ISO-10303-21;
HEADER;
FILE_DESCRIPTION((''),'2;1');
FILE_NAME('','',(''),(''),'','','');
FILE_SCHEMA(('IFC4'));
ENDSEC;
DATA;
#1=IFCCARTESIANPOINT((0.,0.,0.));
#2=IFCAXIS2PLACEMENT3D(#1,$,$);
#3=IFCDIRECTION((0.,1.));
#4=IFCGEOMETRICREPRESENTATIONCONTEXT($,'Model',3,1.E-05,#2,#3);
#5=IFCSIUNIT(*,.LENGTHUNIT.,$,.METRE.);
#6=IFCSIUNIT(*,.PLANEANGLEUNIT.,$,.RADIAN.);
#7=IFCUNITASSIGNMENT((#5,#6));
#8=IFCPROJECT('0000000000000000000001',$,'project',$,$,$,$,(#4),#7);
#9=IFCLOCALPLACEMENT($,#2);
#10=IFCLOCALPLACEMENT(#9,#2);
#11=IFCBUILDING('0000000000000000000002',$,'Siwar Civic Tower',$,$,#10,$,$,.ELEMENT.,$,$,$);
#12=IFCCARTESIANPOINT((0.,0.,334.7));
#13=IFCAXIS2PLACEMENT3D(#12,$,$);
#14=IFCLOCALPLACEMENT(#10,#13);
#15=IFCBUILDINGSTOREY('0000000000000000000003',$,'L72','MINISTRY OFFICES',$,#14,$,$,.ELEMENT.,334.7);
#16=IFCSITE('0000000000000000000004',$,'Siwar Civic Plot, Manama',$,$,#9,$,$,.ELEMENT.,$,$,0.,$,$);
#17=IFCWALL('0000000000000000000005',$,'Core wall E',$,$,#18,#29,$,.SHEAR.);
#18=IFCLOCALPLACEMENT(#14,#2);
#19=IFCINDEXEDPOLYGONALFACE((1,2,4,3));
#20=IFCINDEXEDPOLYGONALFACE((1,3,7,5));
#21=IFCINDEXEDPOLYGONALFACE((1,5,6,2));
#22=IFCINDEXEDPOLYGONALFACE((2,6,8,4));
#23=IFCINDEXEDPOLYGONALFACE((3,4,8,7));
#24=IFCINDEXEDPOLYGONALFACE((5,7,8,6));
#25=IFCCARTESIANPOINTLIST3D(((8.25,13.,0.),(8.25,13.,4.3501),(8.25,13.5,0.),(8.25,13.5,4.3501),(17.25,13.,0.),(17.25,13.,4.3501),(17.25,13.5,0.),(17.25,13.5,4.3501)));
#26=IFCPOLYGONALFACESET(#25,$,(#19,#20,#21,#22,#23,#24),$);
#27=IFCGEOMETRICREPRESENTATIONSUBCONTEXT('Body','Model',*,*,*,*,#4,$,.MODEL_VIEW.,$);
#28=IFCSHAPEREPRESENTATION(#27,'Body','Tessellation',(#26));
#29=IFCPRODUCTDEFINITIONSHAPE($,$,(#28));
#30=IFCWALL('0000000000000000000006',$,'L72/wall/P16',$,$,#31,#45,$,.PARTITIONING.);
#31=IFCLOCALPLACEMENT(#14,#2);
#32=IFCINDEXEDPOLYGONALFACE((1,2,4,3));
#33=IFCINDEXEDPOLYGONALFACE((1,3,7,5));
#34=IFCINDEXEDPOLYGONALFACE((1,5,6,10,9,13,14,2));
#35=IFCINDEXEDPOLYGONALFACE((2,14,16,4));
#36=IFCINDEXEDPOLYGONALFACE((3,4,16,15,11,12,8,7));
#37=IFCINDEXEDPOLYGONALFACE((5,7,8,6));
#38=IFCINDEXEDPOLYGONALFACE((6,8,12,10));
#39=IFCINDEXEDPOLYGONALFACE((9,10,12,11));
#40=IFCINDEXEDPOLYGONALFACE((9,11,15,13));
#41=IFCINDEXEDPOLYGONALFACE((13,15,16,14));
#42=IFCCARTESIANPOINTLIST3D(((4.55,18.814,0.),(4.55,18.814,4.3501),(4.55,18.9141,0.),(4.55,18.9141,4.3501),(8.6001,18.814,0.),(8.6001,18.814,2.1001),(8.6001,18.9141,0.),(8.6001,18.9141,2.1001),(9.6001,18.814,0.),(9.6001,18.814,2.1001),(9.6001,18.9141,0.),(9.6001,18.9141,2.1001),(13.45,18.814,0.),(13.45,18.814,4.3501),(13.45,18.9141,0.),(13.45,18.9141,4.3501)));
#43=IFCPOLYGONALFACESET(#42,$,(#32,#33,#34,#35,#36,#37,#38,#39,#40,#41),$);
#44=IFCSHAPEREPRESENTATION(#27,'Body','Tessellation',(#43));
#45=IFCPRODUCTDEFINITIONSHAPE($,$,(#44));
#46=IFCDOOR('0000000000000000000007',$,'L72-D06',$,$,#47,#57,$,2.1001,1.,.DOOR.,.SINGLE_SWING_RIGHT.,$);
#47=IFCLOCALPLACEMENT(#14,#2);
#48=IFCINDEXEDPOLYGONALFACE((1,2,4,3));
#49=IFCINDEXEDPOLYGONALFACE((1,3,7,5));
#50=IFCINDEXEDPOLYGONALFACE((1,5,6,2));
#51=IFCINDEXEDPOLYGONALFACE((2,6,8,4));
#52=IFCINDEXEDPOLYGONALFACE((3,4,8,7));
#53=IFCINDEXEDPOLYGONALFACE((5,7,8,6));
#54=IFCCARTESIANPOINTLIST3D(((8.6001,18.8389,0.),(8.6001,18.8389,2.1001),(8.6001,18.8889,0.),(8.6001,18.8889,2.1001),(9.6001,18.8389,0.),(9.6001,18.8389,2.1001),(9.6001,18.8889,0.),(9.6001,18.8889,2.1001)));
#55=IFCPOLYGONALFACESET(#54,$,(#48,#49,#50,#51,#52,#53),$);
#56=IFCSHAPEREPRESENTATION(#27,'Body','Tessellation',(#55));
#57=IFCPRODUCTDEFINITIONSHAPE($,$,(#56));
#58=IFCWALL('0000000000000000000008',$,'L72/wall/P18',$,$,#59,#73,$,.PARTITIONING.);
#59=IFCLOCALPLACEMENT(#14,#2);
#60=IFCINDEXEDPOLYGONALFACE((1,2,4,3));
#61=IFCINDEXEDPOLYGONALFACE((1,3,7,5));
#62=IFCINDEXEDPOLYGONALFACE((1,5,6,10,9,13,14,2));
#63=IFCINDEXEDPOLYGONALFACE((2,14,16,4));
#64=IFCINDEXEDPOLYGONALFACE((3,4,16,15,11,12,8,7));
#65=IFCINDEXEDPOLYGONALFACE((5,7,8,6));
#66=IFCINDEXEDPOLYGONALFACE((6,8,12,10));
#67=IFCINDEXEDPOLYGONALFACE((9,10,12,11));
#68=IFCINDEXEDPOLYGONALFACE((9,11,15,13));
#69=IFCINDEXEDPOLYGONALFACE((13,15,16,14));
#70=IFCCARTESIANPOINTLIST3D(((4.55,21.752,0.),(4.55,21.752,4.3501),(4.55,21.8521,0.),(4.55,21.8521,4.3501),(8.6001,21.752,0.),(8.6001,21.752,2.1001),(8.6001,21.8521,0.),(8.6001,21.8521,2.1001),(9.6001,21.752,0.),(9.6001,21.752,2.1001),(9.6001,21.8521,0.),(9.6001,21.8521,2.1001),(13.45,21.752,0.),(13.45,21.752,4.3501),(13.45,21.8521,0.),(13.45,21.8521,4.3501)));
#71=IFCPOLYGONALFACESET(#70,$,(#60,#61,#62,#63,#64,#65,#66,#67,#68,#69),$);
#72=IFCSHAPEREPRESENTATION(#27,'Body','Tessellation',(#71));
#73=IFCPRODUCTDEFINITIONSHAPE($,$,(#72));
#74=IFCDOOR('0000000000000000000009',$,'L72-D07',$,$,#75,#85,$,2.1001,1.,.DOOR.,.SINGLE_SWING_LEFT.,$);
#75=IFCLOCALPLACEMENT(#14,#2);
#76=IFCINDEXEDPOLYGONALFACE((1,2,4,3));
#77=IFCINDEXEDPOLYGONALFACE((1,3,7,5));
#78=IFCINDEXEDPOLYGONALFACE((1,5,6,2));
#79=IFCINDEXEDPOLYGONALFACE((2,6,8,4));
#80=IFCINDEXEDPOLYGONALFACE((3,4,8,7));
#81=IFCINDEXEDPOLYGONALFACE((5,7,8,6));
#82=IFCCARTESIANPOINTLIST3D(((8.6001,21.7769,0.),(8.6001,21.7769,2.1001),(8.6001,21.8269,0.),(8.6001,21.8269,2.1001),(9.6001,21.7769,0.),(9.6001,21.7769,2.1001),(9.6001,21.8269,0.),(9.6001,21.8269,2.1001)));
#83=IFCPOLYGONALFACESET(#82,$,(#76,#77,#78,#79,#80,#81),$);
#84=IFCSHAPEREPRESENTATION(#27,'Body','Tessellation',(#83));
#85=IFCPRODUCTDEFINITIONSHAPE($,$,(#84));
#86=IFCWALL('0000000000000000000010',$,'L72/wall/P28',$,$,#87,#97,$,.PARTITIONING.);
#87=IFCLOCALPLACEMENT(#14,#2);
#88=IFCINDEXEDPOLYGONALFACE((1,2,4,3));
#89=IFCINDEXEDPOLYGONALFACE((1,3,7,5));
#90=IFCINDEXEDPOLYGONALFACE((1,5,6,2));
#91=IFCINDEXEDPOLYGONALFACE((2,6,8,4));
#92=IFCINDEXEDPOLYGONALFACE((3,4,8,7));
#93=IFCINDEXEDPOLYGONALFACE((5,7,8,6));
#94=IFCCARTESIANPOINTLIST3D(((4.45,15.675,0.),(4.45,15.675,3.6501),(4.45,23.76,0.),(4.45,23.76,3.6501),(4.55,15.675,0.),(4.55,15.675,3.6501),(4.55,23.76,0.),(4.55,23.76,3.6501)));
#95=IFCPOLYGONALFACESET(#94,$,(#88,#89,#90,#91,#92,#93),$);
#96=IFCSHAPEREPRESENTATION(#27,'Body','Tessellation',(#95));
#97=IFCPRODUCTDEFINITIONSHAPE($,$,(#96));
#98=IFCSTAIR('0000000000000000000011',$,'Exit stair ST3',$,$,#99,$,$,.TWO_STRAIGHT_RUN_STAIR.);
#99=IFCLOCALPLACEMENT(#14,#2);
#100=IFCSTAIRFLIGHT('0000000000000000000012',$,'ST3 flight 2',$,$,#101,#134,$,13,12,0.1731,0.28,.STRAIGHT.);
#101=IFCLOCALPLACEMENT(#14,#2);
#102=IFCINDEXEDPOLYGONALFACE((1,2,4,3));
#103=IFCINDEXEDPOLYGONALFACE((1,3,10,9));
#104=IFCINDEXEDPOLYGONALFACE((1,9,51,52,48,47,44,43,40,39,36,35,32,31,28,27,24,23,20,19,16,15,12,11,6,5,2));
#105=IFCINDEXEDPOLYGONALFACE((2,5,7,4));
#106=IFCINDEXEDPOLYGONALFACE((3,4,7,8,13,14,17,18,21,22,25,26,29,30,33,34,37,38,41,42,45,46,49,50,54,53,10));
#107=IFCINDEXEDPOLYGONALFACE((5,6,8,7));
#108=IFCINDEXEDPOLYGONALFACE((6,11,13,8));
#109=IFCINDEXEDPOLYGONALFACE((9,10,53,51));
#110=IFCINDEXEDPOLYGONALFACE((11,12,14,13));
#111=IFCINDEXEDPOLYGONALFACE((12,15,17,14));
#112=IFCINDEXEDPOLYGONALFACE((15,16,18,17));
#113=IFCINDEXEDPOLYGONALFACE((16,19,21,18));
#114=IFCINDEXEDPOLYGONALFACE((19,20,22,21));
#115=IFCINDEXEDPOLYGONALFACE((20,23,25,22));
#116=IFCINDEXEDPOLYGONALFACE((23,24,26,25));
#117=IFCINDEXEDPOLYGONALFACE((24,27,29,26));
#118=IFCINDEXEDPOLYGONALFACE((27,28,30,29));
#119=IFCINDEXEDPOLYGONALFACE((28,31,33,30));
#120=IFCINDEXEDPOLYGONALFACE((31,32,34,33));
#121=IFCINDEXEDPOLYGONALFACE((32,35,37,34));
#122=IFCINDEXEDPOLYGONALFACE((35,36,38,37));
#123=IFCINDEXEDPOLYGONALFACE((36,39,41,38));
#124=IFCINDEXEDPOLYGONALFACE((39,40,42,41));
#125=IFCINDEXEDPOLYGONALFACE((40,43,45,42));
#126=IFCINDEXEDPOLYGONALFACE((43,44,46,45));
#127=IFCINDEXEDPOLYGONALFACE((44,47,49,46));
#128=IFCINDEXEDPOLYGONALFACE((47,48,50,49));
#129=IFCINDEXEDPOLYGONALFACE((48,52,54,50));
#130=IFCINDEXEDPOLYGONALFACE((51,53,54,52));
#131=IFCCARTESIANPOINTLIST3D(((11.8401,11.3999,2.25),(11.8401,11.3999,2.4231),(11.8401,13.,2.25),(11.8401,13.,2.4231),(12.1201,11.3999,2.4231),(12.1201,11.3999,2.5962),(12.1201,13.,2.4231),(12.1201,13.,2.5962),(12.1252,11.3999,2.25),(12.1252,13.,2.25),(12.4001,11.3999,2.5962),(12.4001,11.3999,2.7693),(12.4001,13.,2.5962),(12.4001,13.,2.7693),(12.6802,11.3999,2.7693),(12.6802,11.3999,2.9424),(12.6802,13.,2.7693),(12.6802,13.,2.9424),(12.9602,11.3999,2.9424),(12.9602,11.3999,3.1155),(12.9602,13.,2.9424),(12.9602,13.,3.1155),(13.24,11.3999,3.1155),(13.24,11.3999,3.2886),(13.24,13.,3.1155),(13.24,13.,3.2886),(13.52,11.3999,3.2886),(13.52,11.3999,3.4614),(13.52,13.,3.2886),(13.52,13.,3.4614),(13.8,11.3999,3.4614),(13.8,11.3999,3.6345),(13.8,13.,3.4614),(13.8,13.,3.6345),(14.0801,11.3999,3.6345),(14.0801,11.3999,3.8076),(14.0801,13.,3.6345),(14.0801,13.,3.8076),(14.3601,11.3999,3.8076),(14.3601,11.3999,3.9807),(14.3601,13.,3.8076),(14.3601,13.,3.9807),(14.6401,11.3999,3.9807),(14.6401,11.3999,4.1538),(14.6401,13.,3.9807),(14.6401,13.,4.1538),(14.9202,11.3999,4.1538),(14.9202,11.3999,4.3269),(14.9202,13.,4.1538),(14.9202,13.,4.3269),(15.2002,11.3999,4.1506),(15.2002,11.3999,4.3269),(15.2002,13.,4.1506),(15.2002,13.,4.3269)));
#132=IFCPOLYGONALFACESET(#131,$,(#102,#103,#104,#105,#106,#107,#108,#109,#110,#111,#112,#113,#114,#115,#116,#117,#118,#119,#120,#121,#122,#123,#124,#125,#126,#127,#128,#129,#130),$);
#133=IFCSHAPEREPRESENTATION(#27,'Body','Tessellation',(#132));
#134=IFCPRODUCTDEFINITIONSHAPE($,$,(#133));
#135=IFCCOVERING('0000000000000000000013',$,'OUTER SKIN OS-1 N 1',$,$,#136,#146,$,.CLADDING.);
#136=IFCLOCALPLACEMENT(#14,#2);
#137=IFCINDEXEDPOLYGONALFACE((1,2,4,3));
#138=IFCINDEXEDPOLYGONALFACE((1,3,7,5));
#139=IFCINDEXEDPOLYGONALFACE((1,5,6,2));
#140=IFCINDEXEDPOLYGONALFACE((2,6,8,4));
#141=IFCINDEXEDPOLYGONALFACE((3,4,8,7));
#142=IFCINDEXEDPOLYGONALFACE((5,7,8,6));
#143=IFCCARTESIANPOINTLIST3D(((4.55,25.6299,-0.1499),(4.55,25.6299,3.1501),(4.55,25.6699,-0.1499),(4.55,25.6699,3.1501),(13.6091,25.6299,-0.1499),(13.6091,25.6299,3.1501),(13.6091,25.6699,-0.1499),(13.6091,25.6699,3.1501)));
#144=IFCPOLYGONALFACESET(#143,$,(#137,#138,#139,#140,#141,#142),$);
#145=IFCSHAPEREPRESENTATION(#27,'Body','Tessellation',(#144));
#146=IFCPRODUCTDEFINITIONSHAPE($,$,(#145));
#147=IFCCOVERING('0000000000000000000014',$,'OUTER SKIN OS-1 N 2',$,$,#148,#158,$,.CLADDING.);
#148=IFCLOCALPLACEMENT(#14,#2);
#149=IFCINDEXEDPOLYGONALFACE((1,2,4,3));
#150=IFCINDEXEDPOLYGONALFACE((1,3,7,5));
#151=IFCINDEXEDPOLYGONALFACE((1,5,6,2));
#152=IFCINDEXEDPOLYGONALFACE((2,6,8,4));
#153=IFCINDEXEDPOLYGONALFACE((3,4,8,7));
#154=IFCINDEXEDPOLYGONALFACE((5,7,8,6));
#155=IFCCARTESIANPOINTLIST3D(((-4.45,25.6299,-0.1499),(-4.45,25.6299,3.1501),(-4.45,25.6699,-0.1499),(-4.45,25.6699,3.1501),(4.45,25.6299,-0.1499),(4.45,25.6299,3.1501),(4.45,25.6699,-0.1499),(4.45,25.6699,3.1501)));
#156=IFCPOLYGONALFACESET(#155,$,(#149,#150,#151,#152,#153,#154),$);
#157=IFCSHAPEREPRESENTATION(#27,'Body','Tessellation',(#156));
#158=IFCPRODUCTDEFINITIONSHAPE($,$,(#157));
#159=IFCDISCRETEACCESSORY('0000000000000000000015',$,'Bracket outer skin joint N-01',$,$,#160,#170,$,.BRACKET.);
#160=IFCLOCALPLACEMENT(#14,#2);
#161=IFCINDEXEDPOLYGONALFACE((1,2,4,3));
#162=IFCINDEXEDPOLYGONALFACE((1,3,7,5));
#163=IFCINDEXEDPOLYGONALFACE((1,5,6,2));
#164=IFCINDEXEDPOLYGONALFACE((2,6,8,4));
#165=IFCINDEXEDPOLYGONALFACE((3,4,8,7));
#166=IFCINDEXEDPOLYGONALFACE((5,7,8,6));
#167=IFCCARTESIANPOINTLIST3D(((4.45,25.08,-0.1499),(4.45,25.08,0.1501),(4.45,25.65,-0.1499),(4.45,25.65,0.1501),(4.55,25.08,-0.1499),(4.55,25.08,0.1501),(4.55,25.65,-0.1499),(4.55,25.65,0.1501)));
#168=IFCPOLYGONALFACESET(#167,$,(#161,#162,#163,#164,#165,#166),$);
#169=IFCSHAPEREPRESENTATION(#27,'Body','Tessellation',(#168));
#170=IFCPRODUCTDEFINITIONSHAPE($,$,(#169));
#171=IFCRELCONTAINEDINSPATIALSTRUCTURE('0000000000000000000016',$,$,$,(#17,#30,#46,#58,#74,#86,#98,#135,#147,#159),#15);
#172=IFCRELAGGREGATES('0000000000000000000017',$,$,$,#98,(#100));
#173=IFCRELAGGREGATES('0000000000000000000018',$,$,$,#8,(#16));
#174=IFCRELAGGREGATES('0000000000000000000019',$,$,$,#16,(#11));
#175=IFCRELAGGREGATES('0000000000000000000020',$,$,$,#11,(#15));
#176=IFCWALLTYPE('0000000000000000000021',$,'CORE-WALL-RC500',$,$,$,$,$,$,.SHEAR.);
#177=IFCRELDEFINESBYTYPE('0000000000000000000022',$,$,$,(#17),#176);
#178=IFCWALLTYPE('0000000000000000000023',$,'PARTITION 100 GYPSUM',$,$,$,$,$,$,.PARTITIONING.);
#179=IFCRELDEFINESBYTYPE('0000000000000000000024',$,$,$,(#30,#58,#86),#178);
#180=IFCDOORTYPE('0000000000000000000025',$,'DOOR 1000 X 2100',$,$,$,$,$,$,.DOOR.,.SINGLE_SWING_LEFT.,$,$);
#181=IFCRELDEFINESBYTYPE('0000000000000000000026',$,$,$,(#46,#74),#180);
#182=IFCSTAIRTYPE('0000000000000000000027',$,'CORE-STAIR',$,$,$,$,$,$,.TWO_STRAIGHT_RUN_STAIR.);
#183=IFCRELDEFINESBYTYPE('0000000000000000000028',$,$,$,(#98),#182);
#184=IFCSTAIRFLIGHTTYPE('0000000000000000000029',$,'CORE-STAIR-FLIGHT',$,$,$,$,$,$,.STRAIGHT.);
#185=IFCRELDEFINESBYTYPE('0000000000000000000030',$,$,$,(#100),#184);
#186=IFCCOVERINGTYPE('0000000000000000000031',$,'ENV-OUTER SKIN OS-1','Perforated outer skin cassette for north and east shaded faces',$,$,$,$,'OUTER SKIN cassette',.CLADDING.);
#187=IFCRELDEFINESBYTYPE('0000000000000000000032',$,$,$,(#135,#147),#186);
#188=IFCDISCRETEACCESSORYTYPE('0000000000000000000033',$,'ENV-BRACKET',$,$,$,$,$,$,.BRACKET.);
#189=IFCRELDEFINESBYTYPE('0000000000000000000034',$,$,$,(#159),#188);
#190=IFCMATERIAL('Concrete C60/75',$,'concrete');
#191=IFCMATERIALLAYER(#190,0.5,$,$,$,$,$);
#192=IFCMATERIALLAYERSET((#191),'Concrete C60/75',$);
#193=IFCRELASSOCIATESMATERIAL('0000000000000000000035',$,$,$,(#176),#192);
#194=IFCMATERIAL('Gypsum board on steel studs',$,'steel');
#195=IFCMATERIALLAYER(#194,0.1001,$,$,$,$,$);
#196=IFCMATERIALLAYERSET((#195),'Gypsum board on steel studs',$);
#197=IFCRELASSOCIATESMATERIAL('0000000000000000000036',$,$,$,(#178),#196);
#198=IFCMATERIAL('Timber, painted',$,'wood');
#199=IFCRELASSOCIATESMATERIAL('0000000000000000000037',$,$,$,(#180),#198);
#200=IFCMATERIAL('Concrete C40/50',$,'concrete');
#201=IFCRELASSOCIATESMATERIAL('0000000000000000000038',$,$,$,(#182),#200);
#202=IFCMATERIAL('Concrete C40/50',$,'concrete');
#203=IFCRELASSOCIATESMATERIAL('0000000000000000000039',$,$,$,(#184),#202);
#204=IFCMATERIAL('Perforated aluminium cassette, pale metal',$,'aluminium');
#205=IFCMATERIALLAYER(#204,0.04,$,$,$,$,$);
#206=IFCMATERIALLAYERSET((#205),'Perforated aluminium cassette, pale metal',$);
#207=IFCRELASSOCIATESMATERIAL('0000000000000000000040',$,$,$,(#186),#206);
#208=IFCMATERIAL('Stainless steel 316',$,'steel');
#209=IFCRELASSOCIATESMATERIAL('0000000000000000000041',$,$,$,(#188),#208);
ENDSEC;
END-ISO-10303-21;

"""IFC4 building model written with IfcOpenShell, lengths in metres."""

from ifc_helpers import new_model, si_unit, direction, frame, frame_2d, origin, origin_2d, place, context, subcontext, project, spatial, polyline, rectangle, outline, extrude, material, layer, layer_set, type_object, element, fill, aggregate, save


model = new_model("IFC4")

# Units and contexts
model_context = context("Model", 3, precision=1e-05, world=origin(), true_north=direction((0.0, 1.0)))
body_context = subcontext(model_context, "Body", "Model", "MODEL_VIEW")
ifc_project = project(units=[si_unit("LENGTHUNIT", "METRE"), si_unit("PLANEANGLEUNIT", "RADIAN")], contexts=[model_context])

# Site, building, storey
site_placement = place(None, origin())
site = spatial("IfcSite", under=ifc_project, at=site_placement, Name="Siwar Civic Plot, Manama", CompositionType="ELEMENT", RefElevation=0.0)
building_placement = place(site_placement, origin())
building = spatial("IfcBuilding", under=site, at=building_placement, Name="Siwar Civic Tower", CompositionType="ELEMENT")
storey_placement = place(building_placement, frame((0.0, 0.0, 334.7)))
storey = spatial("IfcBuildingStorey", under=building, at=storey_placement, Name="L72", Description="MINISTRY OFFICES", CompositionType="ELEMENT", Elevation=334.7)

# Wall
ifc_material_1 = material(Name="Concrete C60/75", Category="concrete")
ifc_layer_1 = layer(ifc_material_1, 0.5)
ifc_layer_set_1 = layer_set([ifc_layer_1], Name="Concrete C60/75")
wall_type_1 = type_object("IfcWallType", Name="CORE-WALL-RC500", PredefinedType="SHEAR", material=ifc_layer_set_1)
wall_1_placement = place(storey_placement, frame((8.25, 13.25, 0.0), z_axis=(0.0, 0.0, 1.0), x_axis=(1.0, 0.0, 0.0)))
element("IfcWall", 1, at=wall_1_placement, inside=storey, type_object=wall_type_1, Name="Core wall E", PredefinedType="SHEAR", context=body_context, shape_type="SweptSolid", body=[
    extrude(rectangle(XDim=9.0, YDim=0.5, at=frame_2d((4.5, 0.0))), origin(), (0.0, 0.0, 1.0), 4.3501),
])

# Walls, openings, doors
ifc_material_2 = material(Name="Gypsum board on steel studs", Category="steel")
ifc_layer_2 = layer(ifc_material_2, 0.1001)
ifc_layer_set_2 = layer_set([ifc_layer_2], Name="Gypsum board on steel studs")
wall_type_2 = type_object("IfcWallType", Name="PARTITION 100 GYPSUM", PredefinedType="PARTITIONING", material=ifc_layer_set_2)
wall_2_placement = place(storey_placement, frame((4.55, 18.864, 0.0), z_axis=(0.0, 0.0, 1.0), x_axis=(1.0, 0.0, 0.0)))
wall_2 = element("IfcWall", 2, at=wall_2_placement, inside=storey, type_object=wall_type_2, Name="L72/wall/P16", PredefinedType="PARTITIONING", context=body_context, shape_type="SweptSolid", body=[
    extrude(rectangle(XDim=8.8999, YDim=0.1001, at=frame_2d((4.45, 0.0))), origin(), (0.0, 0.0, 1.0), 4.3501),
])
opening_1_placement = place(wall_2_placement, frame((4.05, 0.0, 0.0)))
opening_1 = element("IfcOpeningElement", 3, at=opening_1_placement, cuts=wall_2, PredefinedType="OPENING", context=body_context, shape_type="SweptSolid", body=[
    extrude(rectangle(XDim=1.0, YDim=2.1001, at=frame_2d((0.5, 1.05))), frame((0.0, 0.0601, 0.0), z_axis=(0.0, -1.0, 0.0), x_axis=(1.0, 0.0, 0.0)), (0.0, 0.0, 1.0), 0.1201),
])
ifc_material_3 = material(Name="Timber, painted", Category="wood")
door_type_1 = type_object("IfcDoorType", Name="DOOR 1000 X 2100", OperationType="SINGLE_SWING_LEFT", PredefinedType="DOOR", material=ifc_material_3)
door_1_placement = place(opening_1_placement, origin())
door_1 = element("IfcDoor", 4, at=door_1_placement, inside=storey, type_object=door_type_1, Name="L72-D06", OperationType="SINGLE_SWING_RIGHT", OverallHeight=2.1001, OverallWidth=1.0, PredefinedType="DOOR", context=body_context, shape_type="SweptSolid", body=[
    extrude(rectangle(XDim=1.0, YDim=2.1001, at=frame_2d((0.5, 1.05))), frame((0.0, 0.0249, 0.0), z_axis=(0.0, -1.0, 0.0), x_axis=(1.0, 0.0, 0.0)), (0.0, 0.0, 1.0), 0.05),
])
fill(opening_1, door_1)
wall_3_placement = place(storey_placement, frame((4.55, 21.802, 0.0), z_axis=(0.0, 0.0, 1.0), x_axis=(1.0, 0.0, 0.0)))
wall_3 = element("IfcWall", 5, at=wall_3_placement, inside=storey, type_object=wall_type_2, Name="L72/wall/P18", PredefinedType="PARTITIONING", context=body_context, shape_type="SweptSolid", body=[
    extrude(rectangle(XDim=8.8999, YDim=0.1001, at=frame_2d((4.45, 0.0))), origin(), (0.0, 0.0, 1.0), 4.3501),
])
opening_2_placement = place(wall_3_placement, frame((4.05, 0.0, 0.0)))
opening_2 = element("IfcOpeningElement", 6, at=opening_2_placement, cuts=wall_3, PredefinedType="OPENING", context=body_context, shape_type="SweptSolid", body=[
    extrude(rectangle(XDim=1.0, YDim=2.1001, at=frame_2d((0.5, 1.05))), frame((0.0, 0.0601, 0.0), z_axis=(0.0, -1.0, 0.0), x_axis=(1.0, 0.0, 0.0)), (0.0, 0.0, 1.0), 0.1201),
])
door_2_placement = place(opening_2_placement, origin())
door_2 = element("IfcDoor", 7, at=door_2_placement, inside=storey, type_object=door_type_1, Name="L72-D07", OperationType="SINGLE_SWING_LEFT", OverallHeight=2.1001, OverallWidth=1.0, PredefinedType="DOOR", context=body_context, shape_type="SweptSolid", body=[
    extrude(rectangle(XDim=1.0, YDim=2.1001, at=frame_2d((0.5, 1.05))), frame((0.0, 0.0249, 0.0), z_axis=(0.0, -1.0, 0.0), x_axis=(1.0, 0.0, 0.0)), (0.0, 0.0, 1.0), 0.05),
])
fill(opening_2, door_2)

# Wall
wall_4_placement = place(storey_placement, frame((4.5, 15.675, 0.0), z_axis=(0.0, 0.0, 1.0), x_axis=(0.0, 1.0, 0.0)))
element("IfcWall", 8, at=wall_4_placement, inside=storey, type_object=wall_type_2, Name="L72/wall/P28", PredefinedType="PARTITIONING", context=body_context, shape_type="SweptSolid", body=[
    extrude(rectangle(XDim=8.085, YDim=0.1001, at=frame_2d((4.0425, 0.0))), origin(), (0.0, 0.0, 1.0), 3.6501),
])

# Stair, stair flight
ifc_material_4 = material(Name="Concrete C40/50", Category="concrete")
stair_type = type_object("IfcStairType", Name="CORE-STAIR", PredefinedType="TWO_STRAIGHT_RUN_STAIR", material=ifc_material_4)
stair_placement = place(storey_placement, origin())
stair = element("IfcStair", 9, at=stair_placement, inside=storey, type_object=stair_type, Name="Exit stair ST3", PredefinedType="TWO_STRAIGHT_RUN_STAIR")
ifc_material_5 = material(Name="Concrete C40/50", Category="concrete")
stair_flight_type = type_object("IfcStairFlightType", Name="CORE-STAIR-FLIGHT", PredefinedType="STRAIGHT", material=ifc_material_5)
stair_flight_placement = place(storey_placement, frame((11.8401, 12.2, 2.25), z_axis=(0.0, 0.0, 1.0), x_axis=(1.0, 0.0, 0.0)))
stair_flight = element("IfcStairFlight", 10, at=stair_flight_placement, type_object=stair_flight_type, Name="ST3 flight 2", NumberOfRisers=13, NumberOfTreads=12, PredefinedType="STRAIGHT", RiserHeight=0.1731, TreadLength=0.28, context=body_context, shape_type="SweptSolid", body=[
    extrude(outline(polyline([(0.0, 0.0), (0.0, 0.1731), (0.28, 0.1731), (0.28, 0.3462), (0.5601, 0.3462), (0.5601, 0.5193), (0.8401, 0.5193), (0.8401, 0.6924), (1.1201, 0.6924), (1.1201, 0.8655), (1.3999, 0.8655), (1.3999, 1.0386), (1.6799, 1.0386), (1.6799, 1.2114), (1.96, 1.2114), (1.96, 1.3845), (2.24, 1.3845), (2.24, 1.5576), (2.52, 1.5576), (2.52, 1.7307), (2.8, 1.7307), (2.8, 1.9038), (3.0801, 1.9038), (3.0801, 2.0769), (3.3601, 2.0769), (3.3601, 2.25), (3.3601, 1.9006), (0.2852, 0.0), (0.0, 0.0)])), frame((0.0, 0.8, 0.0), z_axis=(0.0, -1.0, 0.0), x_axis=(1.0, 0.0, 0.0)), (0.0, 0.0, 1.0), 1.6001),
])
aggregate(stair, [stair_flight])

# Coverings
ifc_material_6 = material(Name="Perforated aluminium cassette, pale metal", Category="aluminium")
ifc_layer_3 = layer(ifc_material_6, 0.04)
ifc_layer_set_3 = layer_set([ifc_layer_3], Name="Perforated aluminium cassette, pale metal")
covering_type = type_object("IfcCoveringType", Name="ENV-OUTER SKIN OS-1", Description="Perforated outer skin cassette for north and east shaded faces", ElementType="OUTER SKIN cassette", PredefinedType="CLADDING", material=ifc_layer_set_3)
covering_1_placement = place(storey_placement, frame((9.0796, 25.6499, -0.1499), z_axis=(0.0, 0.0, 1.0), x_axis=(-1.0, 0.0, 0.0)))
element("IfcCovering", 11, at=covering_1_placement, inside=storey, type_object=covering_type, Name="OUTER SKIN OS-1 N 1", PredefinedType="CLADDING", context=body_context, shape_type="SweptSolid", body=[
    extrude(rectangle(XDim=9.0591, YDim=0.04, at=origin_2d()), origin(), (0.0, 0.0, 1.0), 3.3),
])
covering_2_placement = place(storey_placement, frame((0.0, 25.6499, -0.1499), z_axis=(0.0, 0.0, 1.0), x_axis=(-1.0, 0.0, 0.0)))
element("IfcCovering", 12, at=covering_2_placement, inside=storey, type_object=covering_type, Name="OUTER SKIN OS-1 N 2", PredefinedType="CLADDING", context=body_context, shape_type="SweptSolid", body=[
    extrude(rectangle(XDim=8.8999, YDim=0.04, at=origin_2d()), origin(), (0.0, 0.0, 1.0), 3.3),
])

# Discrete accessory
ifc_material_7 = material(Name="Stainless steel 316", Category="steel")
discrete_accessory_type = type_object("IfcDiscreteAccessoryType", Name="ENV-BRACKET", PredefinedType="BRACKET", material=ifc_material_7)
discrete_accessory_placement = place(storey_placement, frame((4.5, 25.365, -0.1499), z_axis=(0.0, 0.0, 1.0), x_axis=(0.0, 1.0, 0.0)))
element("IfcDiscreteAccessory", 13, at=discrete_accessory_placement, inside=storey, type_object=discrete_accessory_type, Name="Bracket outer skin joint N-01", PredefinedType="BRACKET", context=body_context, shape_type="SweptSolid", body=[
    extrude(rectangle(XDim=0.5701, YDim=0.1001, at=origin_2d()), origin(), (0.0, 0.0, 1.0), 0.3),
])

save(model, "model.ifc")
